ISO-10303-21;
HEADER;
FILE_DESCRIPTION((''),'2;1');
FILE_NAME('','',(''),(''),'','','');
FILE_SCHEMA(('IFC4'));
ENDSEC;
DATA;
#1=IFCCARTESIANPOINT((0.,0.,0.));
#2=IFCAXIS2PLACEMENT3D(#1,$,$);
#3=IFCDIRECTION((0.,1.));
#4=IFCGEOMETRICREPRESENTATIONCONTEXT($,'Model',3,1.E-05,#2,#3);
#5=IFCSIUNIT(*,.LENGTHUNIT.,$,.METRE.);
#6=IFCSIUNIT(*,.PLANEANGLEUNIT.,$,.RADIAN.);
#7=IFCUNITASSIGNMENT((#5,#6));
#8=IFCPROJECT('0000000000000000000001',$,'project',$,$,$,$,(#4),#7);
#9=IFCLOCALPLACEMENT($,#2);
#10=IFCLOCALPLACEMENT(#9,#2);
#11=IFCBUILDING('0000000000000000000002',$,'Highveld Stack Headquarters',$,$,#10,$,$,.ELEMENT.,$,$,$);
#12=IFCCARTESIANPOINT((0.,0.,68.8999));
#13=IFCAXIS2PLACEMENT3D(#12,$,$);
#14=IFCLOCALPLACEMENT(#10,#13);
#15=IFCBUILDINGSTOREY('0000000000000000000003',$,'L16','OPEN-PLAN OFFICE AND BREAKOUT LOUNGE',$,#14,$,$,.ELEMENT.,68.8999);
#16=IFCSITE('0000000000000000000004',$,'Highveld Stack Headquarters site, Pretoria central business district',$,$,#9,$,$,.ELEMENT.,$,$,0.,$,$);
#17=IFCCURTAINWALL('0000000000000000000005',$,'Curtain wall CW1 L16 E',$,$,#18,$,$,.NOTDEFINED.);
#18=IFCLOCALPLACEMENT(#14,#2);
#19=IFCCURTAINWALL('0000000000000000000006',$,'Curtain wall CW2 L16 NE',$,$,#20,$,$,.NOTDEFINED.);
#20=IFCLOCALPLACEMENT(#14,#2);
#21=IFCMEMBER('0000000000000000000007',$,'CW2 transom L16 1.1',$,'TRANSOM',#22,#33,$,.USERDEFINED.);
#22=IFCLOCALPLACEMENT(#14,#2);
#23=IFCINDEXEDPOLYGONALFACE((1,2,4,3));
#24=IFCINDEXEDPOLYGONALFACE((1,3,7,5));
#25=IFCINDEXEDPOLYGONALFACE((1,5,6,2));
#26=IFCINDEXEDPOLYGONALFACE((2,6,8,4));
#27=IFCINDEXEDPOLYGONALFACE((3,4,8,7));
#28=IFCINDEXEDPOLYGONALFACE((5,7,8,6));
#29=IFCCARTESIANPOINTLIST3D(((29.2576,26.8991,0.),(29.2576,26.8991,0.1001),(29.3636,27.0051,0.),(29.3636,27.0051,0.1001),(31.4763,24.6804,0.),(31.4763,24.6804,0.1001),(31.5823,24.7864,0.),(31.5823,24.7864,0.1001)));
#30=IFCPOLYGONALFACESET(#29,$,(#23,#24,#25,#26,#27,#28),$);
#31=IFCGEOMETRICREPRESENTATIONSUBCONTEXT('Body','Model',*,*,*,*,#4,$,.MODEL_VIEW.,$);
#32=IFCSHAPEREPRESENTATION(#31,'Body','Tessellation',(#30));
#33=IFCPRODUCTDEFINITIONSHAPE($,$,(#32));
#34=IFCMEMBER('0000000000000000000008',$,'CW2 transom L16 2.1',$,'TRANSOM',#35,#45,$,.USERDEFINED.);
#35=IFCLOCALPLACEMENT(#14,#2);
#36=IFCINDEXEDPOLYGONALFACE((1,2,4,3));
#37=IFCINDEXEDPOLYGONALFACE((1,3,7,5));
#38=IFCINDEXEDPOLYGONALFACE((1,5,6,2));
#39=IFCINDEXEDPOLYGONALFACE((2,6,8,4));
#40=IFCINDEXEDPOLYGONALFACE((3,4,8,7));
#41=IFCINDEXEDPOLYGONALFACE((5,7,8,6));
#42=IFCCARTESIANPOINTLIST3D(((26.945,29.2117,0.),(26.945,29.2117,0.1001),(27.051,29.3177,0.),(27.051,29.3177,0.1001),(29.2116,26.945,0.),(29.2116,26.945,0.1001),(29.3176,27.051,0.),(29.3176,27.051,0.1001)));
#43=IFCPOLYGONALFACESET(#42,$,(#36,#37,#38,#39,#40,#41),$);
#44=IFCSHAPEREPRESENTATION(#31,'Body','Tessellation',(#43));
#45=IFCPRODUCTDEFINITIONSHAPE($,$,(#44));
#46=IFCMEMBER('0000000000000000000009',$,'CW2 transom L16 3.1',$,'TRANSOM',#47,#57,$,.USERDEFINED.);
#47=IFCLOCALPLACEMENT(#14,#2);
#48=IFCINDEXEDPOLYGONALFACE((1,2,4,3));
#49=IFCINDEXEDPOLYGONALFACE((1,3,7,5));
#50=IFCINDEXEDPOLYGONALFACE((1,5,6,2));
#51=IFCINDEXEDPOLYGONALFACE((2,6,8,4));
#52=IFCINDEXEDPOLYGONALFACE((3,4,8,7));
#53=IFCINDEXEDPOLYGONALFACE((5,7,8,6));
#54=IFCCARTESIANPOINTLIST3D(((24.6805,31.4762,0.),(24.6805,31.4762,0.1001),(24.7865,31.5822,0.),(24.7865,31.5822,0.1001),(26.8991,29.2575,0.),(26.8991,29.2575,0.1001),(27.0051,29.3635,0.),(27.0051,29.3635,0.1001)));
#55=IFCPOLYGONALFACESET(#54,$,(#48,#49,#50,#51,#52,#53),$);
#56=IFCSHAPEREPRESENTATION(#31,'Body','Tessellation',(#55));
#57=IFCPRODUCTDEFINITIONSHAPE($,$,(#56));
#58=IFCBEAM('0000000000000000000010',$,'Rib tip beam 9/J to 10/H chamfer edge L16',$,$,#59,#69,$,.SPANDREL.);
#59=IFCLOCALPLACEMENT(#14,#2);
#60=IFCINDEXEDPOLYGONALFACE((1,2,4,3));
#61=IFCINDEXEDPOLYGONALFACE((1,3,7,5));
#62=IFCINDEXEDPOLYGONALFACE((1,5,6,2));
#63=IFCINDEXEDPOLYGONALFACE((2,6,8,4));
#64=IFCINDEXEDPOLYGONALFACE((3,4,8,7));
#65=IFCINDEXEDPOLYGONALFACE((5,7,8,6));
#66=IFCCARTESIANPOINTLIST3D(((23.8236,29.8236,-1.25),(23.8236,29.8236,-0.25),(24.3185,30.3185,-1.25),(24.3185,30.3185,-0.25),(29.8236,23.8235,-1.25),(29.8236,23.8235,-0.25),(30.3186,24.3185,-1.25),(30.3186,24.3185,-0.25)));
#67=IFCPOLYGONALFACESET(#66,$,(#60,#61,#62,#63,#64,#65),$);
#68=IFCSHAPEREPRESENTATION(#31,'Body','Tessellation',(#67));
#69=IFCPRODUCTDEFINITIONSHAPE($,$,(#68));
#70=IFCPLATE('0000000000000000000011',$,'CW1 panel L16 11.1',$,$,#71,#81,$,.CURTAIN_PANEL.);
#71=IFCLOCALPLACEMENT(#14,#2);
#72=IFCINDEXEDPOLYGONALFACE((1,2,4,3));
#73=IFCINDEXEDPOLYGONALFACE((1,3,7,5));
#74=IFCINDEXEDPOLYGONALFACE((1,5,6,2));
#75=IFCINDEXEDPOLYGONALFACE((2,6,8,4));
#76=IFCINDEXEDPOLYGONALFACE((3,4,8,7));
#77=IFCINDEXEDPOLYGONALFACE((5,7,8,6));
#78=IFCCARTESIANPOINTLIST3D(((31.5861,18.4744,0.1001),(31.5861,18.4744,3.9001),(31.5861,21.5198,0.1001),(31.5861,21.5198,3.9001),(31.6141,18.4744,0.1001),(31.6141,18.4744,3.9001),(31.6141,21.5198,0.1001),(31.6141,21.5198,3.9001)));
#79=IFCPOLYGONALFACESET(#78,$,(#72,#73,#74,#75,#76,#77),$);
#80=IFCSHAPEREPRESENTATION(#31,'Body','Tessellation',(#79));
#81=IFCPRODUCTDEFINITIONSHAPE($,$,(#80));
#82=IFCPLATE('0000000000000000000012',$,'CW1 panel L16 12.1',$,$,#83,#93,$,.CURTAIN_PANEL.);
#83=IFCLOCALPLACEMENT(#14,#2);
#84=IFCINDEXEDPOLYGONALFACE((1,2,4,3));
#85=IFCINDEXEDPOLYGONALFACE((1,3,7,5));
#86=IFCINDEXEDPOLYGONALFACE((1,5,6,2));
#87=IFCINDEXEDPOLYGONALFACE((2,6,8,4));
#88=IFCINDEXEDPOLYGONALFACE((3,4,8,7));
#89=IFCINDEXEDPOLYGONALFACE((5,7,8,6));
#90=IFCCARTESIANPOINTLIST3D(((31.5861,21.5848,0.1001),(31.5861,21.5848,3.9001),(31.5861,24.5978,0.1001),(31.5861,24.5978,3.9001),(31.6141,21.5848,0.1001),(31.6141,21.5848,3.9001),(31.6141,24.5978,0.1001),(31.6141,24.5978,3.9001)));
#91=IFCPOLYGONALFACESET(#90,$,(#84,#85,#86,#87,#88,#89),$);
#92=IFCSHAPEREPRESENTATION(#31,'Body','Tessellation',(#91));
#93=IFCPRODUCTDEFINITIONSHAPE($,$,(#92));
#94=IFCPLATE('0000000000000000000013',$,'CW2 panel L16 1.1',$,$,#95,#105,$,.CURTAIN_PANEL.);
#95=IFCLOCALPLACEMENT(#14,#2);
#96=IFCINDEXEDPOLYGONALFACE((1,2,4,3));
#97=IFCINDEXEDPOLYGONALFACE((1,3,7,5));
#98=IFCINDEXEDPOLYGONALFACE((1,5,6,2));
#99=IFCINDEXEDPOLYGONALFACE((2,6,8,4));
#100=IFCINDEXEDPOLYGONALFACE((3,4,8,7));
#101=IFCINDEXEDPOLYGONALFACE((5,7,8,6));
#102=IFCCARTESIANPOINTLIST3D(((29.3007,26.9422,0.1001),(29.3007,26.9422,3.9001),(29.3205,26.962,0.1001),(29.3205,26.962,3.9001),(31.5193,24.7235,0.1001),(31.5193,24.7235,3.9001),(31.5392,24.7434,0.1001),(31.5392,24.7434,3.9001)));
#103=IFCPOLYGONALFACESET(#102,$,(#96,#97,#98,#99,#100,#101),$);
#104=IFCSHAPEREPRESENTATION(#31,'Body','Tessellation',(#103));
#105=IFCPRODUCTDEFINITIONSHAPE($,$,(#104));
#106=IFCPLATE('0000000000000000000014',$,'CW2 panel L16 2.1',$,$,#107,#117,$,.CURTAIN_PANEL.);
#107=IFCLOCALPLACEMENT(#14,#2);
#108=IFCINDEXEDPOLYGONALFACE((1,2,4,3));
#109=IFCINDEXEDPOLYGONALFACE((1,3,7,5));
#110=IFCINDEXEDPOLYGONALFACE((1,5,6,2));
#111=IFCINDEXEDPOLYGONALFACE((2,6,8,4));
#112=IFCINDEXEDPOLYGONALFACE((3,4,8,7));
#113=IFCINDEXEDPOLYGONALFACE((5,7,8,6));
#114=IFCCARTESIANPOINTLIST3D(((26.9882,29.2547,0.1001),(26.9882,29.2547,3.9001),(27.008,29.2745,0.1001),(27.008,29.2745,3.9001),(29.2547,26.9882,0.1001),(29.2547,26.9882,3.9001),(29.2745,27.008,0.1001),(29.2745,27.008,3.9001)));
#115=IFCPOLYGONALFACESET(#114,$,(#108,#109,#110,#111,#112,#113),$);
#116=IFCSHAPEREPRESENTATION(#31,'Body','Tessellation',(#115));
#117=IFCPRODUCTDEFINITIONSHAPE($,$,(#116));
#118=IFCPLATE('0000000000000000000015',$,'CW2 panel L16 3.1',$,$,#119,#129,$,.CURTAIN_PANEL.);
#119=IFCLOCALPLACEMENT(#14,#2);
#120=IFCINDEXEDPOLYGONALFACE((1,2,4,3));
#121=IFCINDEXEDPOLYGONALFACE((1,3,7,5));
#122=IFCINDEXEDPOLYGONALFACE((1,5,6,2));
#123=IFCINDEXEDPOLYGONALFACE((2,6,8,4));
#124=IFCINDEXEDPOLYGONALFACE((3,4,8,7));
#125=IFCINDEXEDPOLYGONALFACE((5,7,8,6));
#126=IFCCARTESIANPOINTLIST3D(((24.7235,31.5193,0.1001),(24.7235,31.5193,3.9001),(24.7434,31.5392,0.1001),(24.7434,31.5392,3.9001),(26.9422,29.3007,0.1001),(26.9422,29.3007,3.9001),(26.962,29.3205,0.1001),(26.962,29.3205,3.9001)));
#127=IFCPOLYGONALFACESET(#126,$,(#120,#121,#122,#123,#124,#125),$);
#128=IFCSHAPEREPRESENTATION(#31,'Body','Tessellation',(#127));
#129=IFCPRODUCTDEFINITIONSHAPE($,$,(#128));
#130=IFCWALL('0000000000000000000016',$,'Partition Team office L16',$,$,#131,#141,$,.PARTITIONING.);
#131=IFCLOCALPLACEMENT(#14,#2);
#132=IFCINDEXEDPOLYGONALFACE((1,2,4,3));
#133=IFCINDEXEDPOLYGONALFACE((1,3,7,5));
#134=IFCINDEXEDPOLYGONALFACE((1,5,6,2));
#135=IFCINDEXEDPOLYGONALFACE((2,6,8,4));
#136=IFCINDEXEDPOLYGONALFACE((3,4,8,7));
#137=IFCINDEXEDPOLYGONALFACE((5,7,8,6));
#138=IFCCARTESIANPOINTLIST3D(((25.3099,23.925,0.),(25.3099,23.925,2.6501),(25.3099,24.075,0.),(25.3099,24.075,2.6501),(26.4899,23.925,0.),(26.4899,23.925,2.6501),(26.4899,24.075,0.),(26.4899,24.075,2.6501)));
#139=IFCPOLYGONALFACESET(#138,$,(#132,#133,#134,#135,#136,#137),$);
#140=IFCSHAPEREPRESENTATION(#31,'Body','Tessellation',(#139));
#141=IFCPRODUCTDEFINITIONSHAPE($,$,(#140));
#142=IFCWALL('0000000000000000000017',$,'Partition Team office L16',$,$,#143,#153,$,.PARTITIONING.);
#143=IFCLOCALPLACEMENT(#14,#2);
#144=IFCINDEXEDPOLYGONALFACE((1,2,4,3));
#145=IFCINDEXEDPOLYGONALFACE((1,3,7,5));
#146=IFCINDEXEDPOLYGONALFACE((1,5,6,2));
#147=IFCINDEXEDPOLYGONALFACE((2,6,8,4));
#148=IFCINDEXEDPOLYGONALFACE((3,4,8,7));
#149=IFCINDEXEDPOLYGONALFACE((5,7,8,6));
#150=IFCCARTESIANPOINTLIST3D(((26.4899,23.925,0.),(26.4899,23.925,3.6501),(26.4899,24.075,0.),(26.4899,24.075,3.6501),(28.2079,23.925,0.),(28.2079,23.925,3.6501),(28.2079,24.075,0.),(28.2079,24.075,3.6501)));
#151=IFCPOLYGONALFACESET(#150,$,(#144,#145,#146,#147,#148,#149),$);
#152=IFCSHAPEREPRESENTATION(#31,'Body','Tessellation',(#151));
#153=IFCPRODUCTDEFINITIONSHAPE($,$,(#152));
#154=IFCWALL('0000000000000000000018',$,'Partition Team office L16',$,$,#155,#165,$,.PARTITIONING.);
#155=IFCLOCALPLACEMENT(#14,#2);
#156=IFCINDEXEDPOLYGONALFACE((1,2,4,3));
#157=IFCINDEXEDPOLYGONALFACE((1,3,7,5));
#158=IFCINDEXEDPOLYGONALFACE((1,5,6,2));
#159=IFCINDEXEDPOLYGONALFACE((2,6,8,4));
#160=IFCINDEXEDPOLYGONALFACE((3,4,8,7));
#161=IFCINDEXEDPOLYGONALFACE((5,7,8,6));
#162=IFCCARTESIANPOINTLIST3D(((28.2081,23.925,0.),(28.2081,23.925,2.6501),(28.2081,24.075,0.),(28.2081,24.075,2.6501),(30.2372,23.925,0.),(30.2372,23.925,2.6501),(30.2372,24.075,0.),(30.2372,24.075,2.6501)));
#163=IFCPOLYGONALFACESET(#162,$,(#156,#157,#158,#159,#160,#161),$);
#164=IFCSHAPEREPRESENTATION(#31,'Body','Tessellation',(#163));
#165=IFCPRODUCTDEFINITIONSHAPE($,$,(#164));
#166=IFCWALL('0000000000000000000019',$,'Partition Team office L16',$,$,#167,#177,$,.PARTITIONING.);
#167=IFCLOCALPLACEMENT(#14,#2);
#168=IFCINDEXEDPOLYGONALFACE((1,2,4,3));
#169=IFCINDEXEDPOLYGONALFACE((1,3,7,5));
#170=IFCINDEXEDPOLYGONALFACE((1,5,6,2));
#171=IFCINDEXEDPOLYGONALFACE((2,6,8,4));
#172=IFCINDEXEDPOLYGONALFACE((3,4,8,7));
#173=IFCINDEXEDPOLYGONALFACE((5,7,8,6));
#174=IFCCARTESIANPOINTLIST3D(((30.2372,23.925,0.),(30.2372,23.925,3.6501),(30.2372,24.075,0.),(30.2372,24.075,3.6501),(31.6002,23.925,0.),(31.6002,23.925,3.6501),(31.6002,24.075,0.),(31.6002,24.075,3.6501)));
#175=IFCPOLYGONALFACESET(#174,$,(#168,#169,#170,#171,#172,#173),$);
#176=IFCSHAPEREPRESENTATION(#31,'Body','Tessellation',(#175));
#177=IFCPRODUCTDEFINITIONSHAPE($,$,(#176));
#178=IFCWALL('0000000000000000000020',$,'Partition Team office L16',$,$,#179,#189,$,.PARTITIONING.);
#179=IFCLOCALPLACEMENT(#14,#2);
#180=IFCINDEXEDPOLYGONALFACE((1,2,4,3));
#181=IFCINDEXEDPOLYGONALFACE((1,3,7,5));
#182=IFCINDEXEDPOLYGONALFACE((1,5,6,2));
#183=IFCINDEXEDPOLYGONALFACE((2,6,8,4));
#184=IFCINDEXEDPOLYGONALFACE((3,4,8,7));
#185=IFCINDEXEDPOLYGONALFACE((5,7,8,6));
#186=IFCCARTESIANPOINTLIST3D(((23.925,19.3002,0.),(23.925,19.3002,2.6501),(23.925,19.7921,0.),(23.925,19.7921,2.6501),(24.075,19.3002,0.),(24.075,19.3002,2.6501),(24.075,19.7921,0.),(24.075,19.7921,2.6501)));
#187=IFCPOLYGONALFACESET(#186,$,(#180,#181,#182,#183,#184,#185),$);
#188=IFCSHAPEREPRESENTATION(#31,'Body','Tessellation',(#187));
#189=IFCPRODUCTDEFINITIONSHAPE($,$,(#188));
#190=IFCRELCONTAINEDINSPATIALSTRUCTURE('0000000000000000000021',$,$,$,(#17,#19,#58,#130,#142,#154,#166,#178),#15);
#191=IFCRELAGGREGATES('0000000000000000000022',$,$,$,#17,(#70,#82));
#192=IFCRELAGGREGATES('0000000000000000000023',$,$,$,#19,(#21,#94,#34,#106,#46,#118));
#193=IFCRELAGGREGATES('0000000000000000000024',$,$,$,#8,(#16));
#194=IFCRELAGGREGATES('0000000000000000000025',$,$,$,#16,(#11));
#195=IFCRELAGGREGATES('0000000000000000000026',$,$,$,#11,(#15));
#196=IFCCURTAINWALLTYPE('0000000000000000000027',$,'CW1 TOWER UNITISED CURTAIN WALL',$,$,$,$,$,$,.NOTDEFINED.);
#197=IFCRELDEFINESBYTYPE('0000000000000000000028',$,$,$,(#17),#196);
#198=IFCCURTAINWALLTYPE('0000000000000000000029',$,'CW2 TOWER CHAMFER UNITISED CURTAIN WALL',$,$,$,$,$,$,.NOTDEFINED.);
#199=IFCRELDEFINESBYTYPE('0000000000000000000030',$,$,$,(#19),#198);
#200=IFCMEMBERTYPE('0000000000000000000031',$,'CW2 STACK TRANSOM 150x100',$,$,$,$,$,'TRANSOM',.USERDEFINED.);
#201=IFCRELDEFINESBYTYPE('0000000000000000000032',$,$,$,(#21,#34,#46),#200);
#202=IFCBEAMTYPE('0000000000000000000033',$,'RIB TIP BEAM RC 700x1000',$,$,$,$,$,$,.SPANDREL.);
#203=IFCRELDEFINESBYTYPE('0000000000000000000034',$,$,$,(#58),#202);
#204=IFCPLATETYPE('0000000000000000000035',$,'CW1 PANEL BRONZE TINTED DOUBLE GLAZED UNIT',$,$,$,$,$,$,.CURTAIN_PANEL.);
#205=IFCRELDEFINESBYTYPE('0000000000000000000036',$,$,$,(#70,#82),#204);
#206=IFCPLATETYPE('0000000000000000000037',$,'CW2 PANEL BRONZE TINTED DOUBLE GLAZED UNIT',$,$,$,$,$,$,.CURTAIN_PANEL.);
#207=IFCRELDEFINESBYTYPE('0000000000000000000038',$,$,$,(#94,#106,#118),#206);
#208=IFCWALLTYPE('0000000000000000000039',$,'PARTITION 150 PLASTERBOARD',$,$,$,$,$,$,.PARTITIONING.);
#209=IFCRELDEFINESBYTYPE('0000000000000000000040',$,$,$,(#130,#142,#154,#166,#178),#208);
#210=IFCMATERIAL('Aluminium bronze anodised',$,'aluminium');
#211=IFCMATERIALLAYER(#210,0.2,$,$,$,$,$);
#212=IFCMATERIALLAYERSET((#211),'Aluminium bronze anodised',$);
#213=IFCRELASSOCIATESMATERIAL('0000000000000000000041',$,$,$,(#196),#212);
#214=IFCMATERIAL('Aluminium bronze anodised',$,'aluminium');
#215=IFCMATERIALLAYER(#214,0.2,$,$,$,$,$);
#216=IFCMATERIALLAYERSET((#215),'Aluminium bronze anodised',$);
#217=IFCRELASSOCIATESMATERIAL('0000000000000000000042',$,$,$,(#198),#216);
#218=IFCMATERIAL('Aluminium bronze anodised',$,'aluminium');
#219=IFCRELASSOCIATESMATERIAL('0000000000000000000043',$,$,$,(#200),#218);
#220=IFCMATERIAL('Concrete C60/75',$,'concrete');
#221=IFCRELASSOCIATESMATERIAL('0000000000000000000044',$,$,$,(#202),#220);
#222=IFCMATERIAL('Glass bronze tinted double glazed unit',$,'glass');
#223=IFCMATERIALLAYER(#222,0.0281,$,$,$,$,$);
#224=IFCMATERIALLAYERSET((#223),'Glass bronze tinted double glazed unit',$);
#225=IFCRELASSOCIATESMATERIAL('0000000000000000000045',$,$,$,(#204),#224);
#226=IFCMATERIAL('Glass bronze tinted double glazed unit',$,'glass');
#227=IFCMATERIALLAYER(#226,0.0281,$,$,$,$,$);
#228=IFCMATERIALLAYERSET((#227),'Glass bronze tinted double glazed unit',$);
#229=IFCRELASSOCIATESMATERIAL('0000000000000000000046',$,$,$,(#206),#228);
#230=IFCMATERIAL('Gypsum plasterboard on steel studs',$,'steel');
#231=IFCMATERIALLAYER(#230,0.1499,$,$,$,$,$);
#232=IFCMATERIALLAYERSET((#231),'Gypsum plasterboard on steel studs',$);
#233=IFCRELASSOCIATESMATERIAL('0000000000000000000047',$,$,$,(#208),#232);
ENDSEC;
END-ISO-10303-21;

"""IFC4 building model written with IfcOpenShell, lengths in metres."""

from ifc_helpers import new_model, si_unit, direction, frame, frame_2d, origin, origin_2d, place, context, subcontext, project, spatial, rectangle, extrude, material, layer, layer_set, material_profile, profile_set, type_object, element, aggregate, save


model = new_model("IFC4")

# Units and contexts
model_context = context("Model", 3, precision=1e-05, world=origin(), true_north=direction((0.0, 1.0)))
body_context = subcontext(model_context, "Body", "Model", "MODEL_VIEW")
ifc_project = project(units=[si_unit("LENGTHUNIT", "METRE"), si_unit("PLANEANGLEUNIT", "RADIAN")], contexts=[model_context])

# Site, building, storey
site_placement = place(None, origin())
site = spatial("IfcSite", under=ifc_project, at=site_placement, Name="Highveld Stack Headquarters site, Pretoria central business district", CompositionType="ELEMENT", RefElevation=0.0)
building_placement = place(site_placement, origin())
building = spatial("IfcBuilding", under=site, at=building_placement, Name="Highveld Stack Headquarters", CompositionType="ELEMENT")
storey_placement = place(building_placement, frame((0.0, 0.0, 68.8999)))
storey = spatial("IfcBuildingStorey", under=building, at=storey_placement, Name="L16", Description="OPEN-PLAN OFFICE AND BREAKOUT LOUNGE", CompositionType="ELEMENT", Elevation=68.8999)

# Curtain wall
ifc_material_1 = material(Name="Aluminium bronze anodised", Category="aluminium")
ifc_layer_1 = layer(ifc_material_1, 0.2)
ifc_layer_set_1 = layer_set([ifc_layer_1], Name="Aluminium bronze anodised")
curtain_wall_type_1 = type_object("IfcCurtainWallType", Name="CW1 TOWER UNITISED CURTAIN WALL", PredefinedType="NOTDEFINED", material=ifc_layer_set_1)
curtain_wall_1_placement = place(storey_placement, origin())
curtain_wall_1 = element("IfcCurtainWall", 1, at=curtain_wall_1_placement, inside=storey, type_object=curtain_wall_type_1, Name="Curtain wall CW1 L16 E", PredefinedType="NOTDEFINED")

# Curtain wall, members
ifc_material_2 = material(Name="Aluminium bronze anodised", Category="aluminium")
ifc_layer_2 = layer(ifc_material_2, 0.2)
ifc_layer_set_2 = layer_set([ifc_layer_2], Name="Aluminium bronze anodised")
curtain_wall_type_2 = type_object("IfcCurtainWallType", Name="CW2 TOWER CHAMFER UNITISED CURTAIN WALL", PredefinedType="NOTDEFINED", material=ifc_layer_set_2)
curtain_wall_2_placement = place(storey_placement, origin())
curtain_wall_2 = element("IfcCurtainWall", 2, at=curtain_wall_2_placement, inside=storey, type_object=curtain_wall_type_2, Name="Curtain wall CW2 L16 NE", PredefinedType="NOTDEFINED")
ifc_material_3 = material(Name="Aluminium bronze anodised", Category="aluminium")
ifc_material_profile_1 = material_profile(ifc_material_3, rectangle(XDim=0.1499, YDim=0.1001, at=origin_2d()), Name="CW2 TRANSOM 150x100")
ifc_profile_set_1 = profile_set([ifc_material_profile_1], Name="Aluminium bronze anodised")
member_type_1 = type_object("IfcMemberType", Name="CW2 STACK TRANSOM 150x100", ElementType="TRANSOM", PredefinedType="USERDEFINED", material=ifc_profile_set_1)
member_1_placement = place(storey_placement, frame((31.5293, 24.7334, 0.05), z_axis=(-0.707107, 0.707107, 0.0), x_axis=(-0.707107, -0.707107, 0.0)))
member_1 = element("IfcMember", 3, at=member_1_placement, type_object=member_type_1, Name="CW2 transom L16 1.1", ObjectType="TRANSOM", PredefinedType="USERDEFINED", context=body_context, shape_type="SweptSolid", body=[
    extrude(rectangle(XDim=0.1499, YDim=0.1001, at=origin_2d()), origin(), (0.0, 0.0, 1.0), 3.1377),
])
member_2_placement = place(storey_placement, frame((29.2646, 26.998, 0.05), z_axis=(-0.707107, 0.707107, 0.0), x_axis=(-0.707107, -0.707107, 0.0)))
member_2 = element("IfcMember", 4, at=member_2_placement, type_object=member_type_1, Name="CW2 transom L16 2.1", ObjectType="TRANSOM", PredefinedType="USERDEFINED", context=body_context, shape_type="SweptSolid", body=[
    extrude(rectangle(XDim=0.1499, YDim=0.1001, at=origin_2d()), origin(), (0.0, 0.0, 1.0), 3.2056),
])
member_3_placement = place(storey_placement, frame((26.9521, 29.3105, 0.05), z_axis=(-0.707107, 0.707107, 0.0), x_axis=(-0.707107, -0.707107, 0.0)))
member_3 = element("IfcMember", 5, at=member_3_placement, type_object=member_type_1, Name="CW2 transom L16 3.1", ObjectType="TRANSOM", PredefinedType="USERDEFINED", context=body_context, shape_type="SweptSolid", body=[
    extrude(rectangle(XDim=0.1499, YDim=0.1001, at=origin_2d()), origin(), (0.0, 0.0, 1.0), 3.1377),
])

# Beam
ifc_material_4 = material(Name="Concrete C60/75", Category="concrete")
ifc_material_profile_2 = material_profile(ifc_material_4, rectangle(XDim=0.7, YDim=1.0, at=origin_2d()), Name="RC 700x1000")
ifc_profile_set_2 = profile_set([ifc_material_profile_2], Name="Concrete C60/75")
beam_type = type_object("IfcBeamType", Name="RIB TIP BEAM RC 700x1000", PredefinedType="SPANDREL", material=ifc_profile_set_2)
beam_placement = place(storey_placement, frame((24.071, 30.071, -0.75), z_axis=(0.707107, -0.707107, 0.0), x_axis=(0.707107, 0.707107, 0.0)))
element("IfcBeam", 6, at=beam_placement, inside=storey, type_object=beam_type, Name="Rib tip beam 9/J to 10/H chamfer edge L16", PredefinedType="SPANDREL", context=body_context, shape_type="SweptSolid", body=[
    extrude(rectangle(XDim=0.7, YDim=1.0, at=origin_2d()), origin(), (0.0, 0.0, 1.0), 8.4854),
])

# Plates
ifc_material_5 = material(Name="Glass bronze tinted double glazed unit", Category="glass")
ifc_layer_3 = layer(ifc_material_5, 0.0281)
ifc_layer_set_3 = layer_set([ifc_layer_3], Name="Glass bronze tinted double glazed unit")
plate_type_1 = type_object("IfcPlateType", Name="CW1 PANEL BRONZE TINTED DOUBLE GLAZED UNIT", PredefinedType="CURTAIN_PANEL", material=ifc_layer_set_3)
plate_1_placement = place(storey_placement, frame((31.6001, 19.9971, 0.1001), z_axis=(0.0, 0.0, 1.0), x_axis=(0.0, 1.0, 0.0)))
plate_1 = element("IfcPlate", 7, at=plate_1_placement, type_object=plate_type_1, Name="CW1 panel L16 11.1", PredefinedType="CURTAIN_PANEL", context=body_context, shape_type="SweptSolid", body=[
    extrude(rectangle(XDim=3.0454, YDim=0.0281, at=origin_2d()), origin(), (0.0, 0.0, 1.0), 3.8),
])
plate_2_placement = place(storey_placement, frame((31.6001, 23.0913, 0.1001), z_axis=(0.0, 0.0, 1.0), x_axis=(0.0, 1.0, 0.0)))
plate_2 = element("IfcPlate", 8, at=plate_2_placement, type_object=plate_type_1, Name="CW1 panel L16 12.1", PredefinedType="CURTAIN_PANEL", context=body_context, shape_type="SweptSolid", body=[
    extrude(rectangle(XDim=3.0129, YDim=0.0281, at=origin_2d()), origin(), (0.0, 0.0, 1.0), 3.8),
])
aggregate(curtain_wall_1, [plate_1, plate_2])
ifc_material_6 = material(Name="Glass bronze tinted double glazed unit", Category="glass")
ifc_layer_4 = layer(ifc_material_6, 0.0281)
ifc_layer_set_4 = layer_set([ifc_layer_4], Name="Glass bronze tinted double glazed unit")
plate_type_2 = type_object("IfcPlateType", Name="CW2 PANEL BRONZE TINTED DOUBLE GLAZED UNIT", PredefinedType="CURTAIN_PANEL", material=ifc_layer_set_4)
plate_3_placement = place(storey_placement, frame((30.4199, 25.8428, 0.1001), z_axis=(0.0, 0.0, 1.0), x_axis=(-0.707107, 0.707107, 0.0)))
plate_3 = element("IfcPlate", 9, at=plate_3_placement, type_object=plate_type_2, Name="CW2 panel L16 1.1", PredefinedType="CURTAIN_PANEL", context=body_context, shape_type="SweptSolid", body=[
    extrude(rectangle(XDim=3.1377, YDim=0.0281, at=origin_2d()), origin(), (0.0, 0.0, 1.0), 3.8),
])
plate_4_placement = place(storey_placement, frame((28.1313, 28.1313, 0.1001), z_axis=(0.0, 0.0, 1.0), x_axis=(-0.707107, 0.707107, 0.0)))
plate_4 = element("IfcPlate", 10, at=plate_4_placement, type_object=plate_type_2, Name="CW2 panel L16 2.1", PredefinedType="CURTAIN_PANEL", context=body_context, shape_type="SweptSolid", body=[
    extrude(rectangle(XDim=3.2053, YDim=0.0281, at=origin_2d()), origin(), (0.0, 0.0, 1.0), 3.8),
])
plate_5_placement = place(storey_placement, frame((25.8428, 30.4199, 0.1001), z_axis=(0.0, 0.0, 1.0), x_axis=(-0.707107, 0.707107, 0.0)))
plate_5 = element("IfcPlate", 11, at=plate_5_placement, type_object=plate_type_2, Name="CW2 panel L16 3.1", PredefinedType="CURTAIN_PANEL", context=body_context, shape_type="SweptSolid", body=[
    extrude(rectangle(XDim=3.1377, YDim=0.0281, at=origin_2d()), origin(), (0.0, 0.0, 1.0), 3.8),
])
aggregate(curtain_wall_2, [member_1, plate_3, member_2, plate_4, member_3, plate_5])

# Walls
ifc_material_7 = material(Name="Gypsum plasterboard on steel studs", Category="steel")
ifc_layer_5 = layer(ifc_material_7, 0.1499)
ifc_layer_set_5 = layer_set([ifc_layer_5], Name="Gypsum plasterboard on steel studs")
wall_type = type_object("IfcWallType", Name="PARTITION 150 PLASTERBOARD", PredefinedType="PARTITIONING", material=ifc_layer_set_5)
wall_1_placement = place(storey_placement, frame((25.3101, 24.0, 0.0), z_axis=(0.0, 0.0, 1.0), x_axis=(1.0, 0.0, 0.0)))
element("IfcWall", 12, at=wall_1_placement, inside=storey, type_object=wall_type, Name="Partition Team office L16", PredefinedType="PARTITIONING", context=body_context, shape_type="SweptSolid", body=[
    extrude(rectangle(XDim=1.1799, YDim=0.1499, at=frame_2d((0.5898, 0.0))), origin(), (0.0, 0.0, 1.0), 2.6501),
])
wall_2_placement = place(storey_placement, frame((26.49, 24.0, 0.0), z_axis=(0.0, 0.0, 1.0), x_axis=(1.0, 0.0, 0.0)))
element("IfcWall", 13, at=wall_2_placement, inside=storey, type_object=wall_type, Name="Partition Team office L16", PredefinedType="PARTITIONING", context=body_context, shape_type="SweptSolid", body=[
    extrude(rectangle(XDim=1.718, YDim=0.1499, at=frame_2d((0.8589, 0.0))), origin(), (0.0, 0.0, 1.0), 3.6501),
])
wall_3_placement = place(storey_placement, frame((28.208, 24.0, 0.0), z_axis=(0.0, 0.0, 1.0), x_axis=(1.0, 0.0, 0.0)))
element("IfcWall", 14, at=wall_3_placement, inside=storey, type_object=wall_type, Name="Partition Team office L16", PredefinedType="PARTITIONING", context=body_context, shape_type="SweptSolid", body=[
    extrude(rectangle(XDim=2.0291, YDim=0.1499, at=frame_2d((1.0146, 0.0))), origin(), (0.0, 0.0, 1.0), 2.6501),
])
wall_4_placement = place(storey_placement, frame((30.2371, 24.0, 0.0), z_axis=(0.0, 0.0, 1.0), x_axis=(1.0, 0.0, 0.0)))
element("IfcWall", 15, at=wall_4_placement, inside=storey, type_object=wall_type, Name="Partition Team office L16", PredefinedType="PARTITIONING", context=body_context, shape_type="SweptSolid", body=[
    extrude(rectangle(XDim=1.363, YDim=0.1499, at=frame_2d((0.6816, 0.0))), origin(), (0.0, 0.0, 1.0), 3.6501),
])
wall_5_placement = place(storey_placement, frame((24.0, 19.3, 0.0), z_axis=(0.0, 0.0, 1.0), x_axis=(0.0, 1.0, 0.0)))
element("IfcWall", 16, at=wall_5_placement, inside=storey, type_object=wall_type, Name="Partition Team office L16", PredefinedType="PARTITIONING", context=body_context, shape_type="SweptSolid", body=[
    extrude(rectangle(XDim=0.4919, YDim=0.1499, at=frame_2d((0.2461, 0.0))), origin(), (0.0, 0.0, 1.0), 2.6501),
])

save(model, "model.ifc")
